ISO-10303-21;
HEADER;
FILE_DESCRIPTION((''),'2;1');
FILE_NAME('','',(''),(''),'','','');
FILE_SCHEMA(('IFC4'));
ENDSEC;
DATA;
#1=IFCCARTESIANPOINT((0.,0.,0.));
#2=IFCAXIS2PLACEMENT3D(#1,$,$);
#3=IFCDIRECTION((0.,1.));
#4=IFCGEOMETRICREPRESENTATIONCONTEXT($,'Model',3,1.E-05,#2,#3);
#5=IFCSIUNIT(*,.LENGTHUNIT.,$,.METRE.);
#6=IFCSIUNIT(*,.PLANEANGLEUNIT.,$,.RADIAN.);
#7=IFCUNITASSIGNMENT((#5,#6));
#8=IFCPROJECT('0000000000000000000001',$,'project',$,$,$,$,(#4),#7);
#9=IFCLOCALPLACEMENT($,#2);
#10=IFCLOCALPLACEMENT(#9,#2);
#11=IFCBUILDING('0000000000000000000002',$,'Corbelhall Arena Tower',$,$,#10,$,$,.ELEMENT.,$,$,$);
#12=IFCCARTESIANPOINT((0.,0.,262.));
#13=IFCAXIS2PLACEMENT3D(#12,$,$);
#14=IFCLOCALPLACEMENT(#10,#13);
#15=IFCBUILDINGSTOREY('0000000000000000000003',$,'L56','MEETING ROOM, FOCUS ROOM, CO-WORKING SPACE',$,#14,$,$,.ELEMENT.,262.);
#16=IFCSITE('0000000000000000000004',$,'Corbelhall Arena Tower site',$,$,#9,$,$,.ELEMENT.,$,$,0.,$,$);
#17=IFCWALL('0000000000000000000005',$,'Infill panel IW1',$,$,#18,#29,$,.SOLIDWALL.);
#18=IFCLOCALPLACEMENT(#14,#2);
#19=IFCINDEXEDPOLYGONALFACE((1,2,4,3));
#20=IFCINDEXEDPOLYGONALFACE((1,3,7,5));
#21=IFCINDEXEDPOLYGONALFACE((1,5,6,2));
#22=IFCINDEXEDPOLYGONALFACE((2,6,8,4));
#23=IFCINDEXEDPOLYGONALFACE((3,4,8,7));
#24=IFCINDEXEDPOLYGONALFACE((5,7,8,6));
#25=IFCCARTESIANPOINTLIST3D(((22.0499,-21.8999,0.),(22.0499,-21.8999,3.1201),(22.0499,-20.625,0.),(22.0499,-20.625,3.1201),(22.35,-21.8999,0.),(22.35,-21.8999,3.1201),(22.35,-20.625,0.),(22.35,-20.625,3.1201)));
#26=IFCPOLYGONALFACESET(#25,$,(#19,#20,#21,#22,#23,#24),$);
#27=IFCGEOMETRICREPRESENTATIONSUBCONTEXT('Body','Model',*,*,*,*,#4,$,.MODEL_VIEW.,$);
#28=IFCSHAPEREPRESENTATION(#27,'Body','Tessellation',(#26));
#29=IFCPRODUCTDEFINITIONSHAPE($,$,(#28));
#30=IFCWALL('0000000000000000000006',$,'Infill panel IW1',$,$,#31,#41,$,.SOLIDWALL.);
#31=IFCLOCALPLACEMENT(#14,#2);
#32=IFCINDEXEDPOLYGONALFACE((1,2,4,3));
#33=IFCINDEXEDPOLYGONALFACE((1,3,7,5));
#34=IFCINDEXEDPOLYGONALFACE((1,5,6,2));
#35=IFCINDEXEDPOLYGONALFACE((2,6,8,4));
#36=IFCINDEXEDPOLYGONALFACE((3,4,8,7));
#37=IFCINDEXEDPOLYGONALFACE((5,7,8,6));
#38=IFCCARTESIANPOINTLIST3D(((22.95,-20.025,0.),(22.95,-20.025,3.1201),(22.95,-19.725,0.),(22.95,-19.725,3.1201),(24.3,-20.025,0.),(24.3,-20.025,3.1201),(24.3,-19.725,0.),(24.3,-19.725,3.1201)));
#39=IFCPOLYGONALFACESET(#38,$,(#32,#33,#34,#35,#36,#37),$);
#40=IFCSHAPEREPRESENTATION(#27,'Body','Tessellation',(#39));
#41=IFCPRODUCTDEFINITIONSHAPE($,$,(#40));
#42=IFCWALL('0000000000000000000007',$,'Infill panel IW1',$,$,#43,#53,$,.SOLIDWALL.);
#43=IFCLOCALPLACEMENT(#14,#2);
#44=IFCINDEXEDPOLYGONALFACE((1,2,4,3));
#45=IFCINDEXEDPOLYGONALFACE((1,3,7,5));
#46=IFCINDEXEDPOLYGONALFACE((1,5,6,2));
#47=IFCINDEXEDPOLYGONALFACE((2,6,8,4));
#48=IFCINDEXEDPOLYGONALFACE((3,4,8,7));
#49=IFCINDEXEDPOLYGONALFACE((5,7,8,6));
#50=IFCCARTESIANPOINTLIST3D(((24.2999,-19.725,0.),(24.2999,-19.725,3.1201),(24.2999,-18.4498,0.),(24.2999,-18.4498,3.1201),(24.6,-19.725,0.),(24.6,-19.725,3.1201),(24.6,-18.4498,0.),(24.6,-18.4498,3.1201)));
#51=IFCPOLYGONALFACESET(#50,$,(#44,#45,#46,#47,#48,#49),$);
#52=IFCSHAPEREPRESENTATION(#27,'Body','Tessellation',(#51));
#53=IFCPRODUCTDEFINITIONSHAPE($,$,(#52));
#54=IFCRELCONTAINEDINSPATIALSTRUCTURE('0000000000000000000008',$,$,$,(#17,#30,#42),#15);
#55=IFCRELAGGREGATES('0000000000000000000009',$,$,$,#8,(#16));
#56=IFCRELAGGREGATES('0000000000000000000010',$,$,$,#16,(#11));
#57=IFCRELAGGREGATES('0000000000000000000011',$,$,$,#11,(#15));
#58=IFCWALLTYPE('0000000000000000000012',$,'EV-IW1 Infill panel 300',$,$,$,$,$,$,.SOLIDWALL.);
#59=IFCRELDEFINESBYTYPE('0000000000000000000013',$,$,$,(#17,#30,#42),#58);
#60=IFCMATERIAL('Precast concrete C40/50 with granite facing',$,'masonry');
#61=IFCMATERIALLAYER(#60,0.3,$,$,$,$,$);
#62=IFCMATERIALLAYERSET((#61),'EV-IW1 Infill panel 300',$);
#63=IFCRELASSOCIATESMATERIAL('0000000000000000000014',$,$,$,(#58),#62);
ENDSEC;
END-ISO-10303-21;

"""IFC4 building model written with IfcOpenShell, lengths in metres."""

from ifc_helpers import new_model, si_unit, direction, frame, frame_2d, origin, place, context, subcontext, project, spatial, rectangle, extrude, material, layer, layer_set, type_object, element, save


model = new_model("IFC4")

# Units and contexts
model_context = context("Model", 3, precision=1e-05, world=origin(), true_north=direction((0.0, 1.0)))
body_context = subcontext(model_context, "Body", "Model", "MODEL_VIEW")
ifc_project = project(units=[si_unit("LENGTHUNIT", "METRE"), si_unit("PLANEANGLEUNIT", "RADIAN")], contexts=[model_context])

# Site, building, storey
site_placement = place(None, origin())
site = spatial("IfcSite", under=ifc_project, at=site_placement, Name="Corbelhall Arena Tower site", CompositionType="ELEMENT", RefElevation=0.0)
building_placement = place(site_placement, origin())
building = spatial("IfcBuilding", under=site, at=building_placement, Name="Corbelhall Arena Tower", CompositionType="ELEMENT")
storey_placement = place(building_placement, frame((0.0, 0.0, 262.0)))
storey = spatial("IfcBuildingStorey", under=building, at=storey_placement, Name="L56", Description="MEETING ROOM, FOCUS ROOM, CO-WORKING SPACE", CompositionType="ELEMENT", Elevation=262.0)

# Shared definitions
ifc_material_1 = material(Name="Precast concrete C40/50 with granite facing", Category="masonry")
ifc_layer_1 = layer(ifc_material_1, 0.3)
ifc_layer_set_1 = layer_set([ifc_layer_1], Name="EV-IW1 Infill panel 300")
wall_type_1 = type_object("IfcWallType", Name="EV-IW1 Infill panel 300", PredefinedType="SOLIDWALL", material=ifc_layer_set_1)

# Walls
wall_1_placement = place(storey_placement, frame((22.2, -21.8999, 0.0), z_axis=(0.0, 0.0, 1.0), x_axis=(0.0, 1.0, 0.0)))
element("IfcWall", 1, at=wall_1_placement, inside=storey, type_object=wall_type_1, Name="Infill panel IW1", PredefinedType="SOLIDWALL", context=body_context, shape_type="SweptSolid", body=[
    extrude(rectangle(XDim=1.2749, YDim=0.3, at=frame_2d((0.6375, 0.0))), origin(), (0.0, 0.0, 1.0), 3.1201),
])
wall_2_placement = place(storey_placement, frame((22.95, -19.875, 0.0), z_axis=(0.0, 0.0, 1.0), x_axis=(1.0, 0.0, 0.0)))
element("IfcWall", 2, at=wall_2_placement, inside=storey, type_object=wall_type_1, Name="Infill panel IW1", PredefinedType="SOLIDWALL", context=body_context, shape_type="SweptSolid", body=[
    extrude(rectangle(XDim=1.3501, YDim=0.3, at=frame_2d((0.675, 0.0))), origin(), (0.0, 0.0, 1.0), 3.1201),
])
wall_3_placement = place(storey_placement, frame((24.45, -19.7251, 0.0), z_axis=(0.0, 0.0, 1.0), x_axis=(0.0, 1.0, 0.0)))
element("IfcWall", 3, at=wall_3_placement, inside=storey, type_object=wall_type_1, Name="Infill panel IW1", PredefinedType="SOLIDWALL", context=body_context, shape_type="SweptSolid", body=[
    extrude(rectangle(XDim=1.2751, YDim=0.3, at=frame_2d((0.6377, 0.0))), origin(), (0.0, 0.0, 1.0), 3.1201),
])

save(model, "model.ifc")
